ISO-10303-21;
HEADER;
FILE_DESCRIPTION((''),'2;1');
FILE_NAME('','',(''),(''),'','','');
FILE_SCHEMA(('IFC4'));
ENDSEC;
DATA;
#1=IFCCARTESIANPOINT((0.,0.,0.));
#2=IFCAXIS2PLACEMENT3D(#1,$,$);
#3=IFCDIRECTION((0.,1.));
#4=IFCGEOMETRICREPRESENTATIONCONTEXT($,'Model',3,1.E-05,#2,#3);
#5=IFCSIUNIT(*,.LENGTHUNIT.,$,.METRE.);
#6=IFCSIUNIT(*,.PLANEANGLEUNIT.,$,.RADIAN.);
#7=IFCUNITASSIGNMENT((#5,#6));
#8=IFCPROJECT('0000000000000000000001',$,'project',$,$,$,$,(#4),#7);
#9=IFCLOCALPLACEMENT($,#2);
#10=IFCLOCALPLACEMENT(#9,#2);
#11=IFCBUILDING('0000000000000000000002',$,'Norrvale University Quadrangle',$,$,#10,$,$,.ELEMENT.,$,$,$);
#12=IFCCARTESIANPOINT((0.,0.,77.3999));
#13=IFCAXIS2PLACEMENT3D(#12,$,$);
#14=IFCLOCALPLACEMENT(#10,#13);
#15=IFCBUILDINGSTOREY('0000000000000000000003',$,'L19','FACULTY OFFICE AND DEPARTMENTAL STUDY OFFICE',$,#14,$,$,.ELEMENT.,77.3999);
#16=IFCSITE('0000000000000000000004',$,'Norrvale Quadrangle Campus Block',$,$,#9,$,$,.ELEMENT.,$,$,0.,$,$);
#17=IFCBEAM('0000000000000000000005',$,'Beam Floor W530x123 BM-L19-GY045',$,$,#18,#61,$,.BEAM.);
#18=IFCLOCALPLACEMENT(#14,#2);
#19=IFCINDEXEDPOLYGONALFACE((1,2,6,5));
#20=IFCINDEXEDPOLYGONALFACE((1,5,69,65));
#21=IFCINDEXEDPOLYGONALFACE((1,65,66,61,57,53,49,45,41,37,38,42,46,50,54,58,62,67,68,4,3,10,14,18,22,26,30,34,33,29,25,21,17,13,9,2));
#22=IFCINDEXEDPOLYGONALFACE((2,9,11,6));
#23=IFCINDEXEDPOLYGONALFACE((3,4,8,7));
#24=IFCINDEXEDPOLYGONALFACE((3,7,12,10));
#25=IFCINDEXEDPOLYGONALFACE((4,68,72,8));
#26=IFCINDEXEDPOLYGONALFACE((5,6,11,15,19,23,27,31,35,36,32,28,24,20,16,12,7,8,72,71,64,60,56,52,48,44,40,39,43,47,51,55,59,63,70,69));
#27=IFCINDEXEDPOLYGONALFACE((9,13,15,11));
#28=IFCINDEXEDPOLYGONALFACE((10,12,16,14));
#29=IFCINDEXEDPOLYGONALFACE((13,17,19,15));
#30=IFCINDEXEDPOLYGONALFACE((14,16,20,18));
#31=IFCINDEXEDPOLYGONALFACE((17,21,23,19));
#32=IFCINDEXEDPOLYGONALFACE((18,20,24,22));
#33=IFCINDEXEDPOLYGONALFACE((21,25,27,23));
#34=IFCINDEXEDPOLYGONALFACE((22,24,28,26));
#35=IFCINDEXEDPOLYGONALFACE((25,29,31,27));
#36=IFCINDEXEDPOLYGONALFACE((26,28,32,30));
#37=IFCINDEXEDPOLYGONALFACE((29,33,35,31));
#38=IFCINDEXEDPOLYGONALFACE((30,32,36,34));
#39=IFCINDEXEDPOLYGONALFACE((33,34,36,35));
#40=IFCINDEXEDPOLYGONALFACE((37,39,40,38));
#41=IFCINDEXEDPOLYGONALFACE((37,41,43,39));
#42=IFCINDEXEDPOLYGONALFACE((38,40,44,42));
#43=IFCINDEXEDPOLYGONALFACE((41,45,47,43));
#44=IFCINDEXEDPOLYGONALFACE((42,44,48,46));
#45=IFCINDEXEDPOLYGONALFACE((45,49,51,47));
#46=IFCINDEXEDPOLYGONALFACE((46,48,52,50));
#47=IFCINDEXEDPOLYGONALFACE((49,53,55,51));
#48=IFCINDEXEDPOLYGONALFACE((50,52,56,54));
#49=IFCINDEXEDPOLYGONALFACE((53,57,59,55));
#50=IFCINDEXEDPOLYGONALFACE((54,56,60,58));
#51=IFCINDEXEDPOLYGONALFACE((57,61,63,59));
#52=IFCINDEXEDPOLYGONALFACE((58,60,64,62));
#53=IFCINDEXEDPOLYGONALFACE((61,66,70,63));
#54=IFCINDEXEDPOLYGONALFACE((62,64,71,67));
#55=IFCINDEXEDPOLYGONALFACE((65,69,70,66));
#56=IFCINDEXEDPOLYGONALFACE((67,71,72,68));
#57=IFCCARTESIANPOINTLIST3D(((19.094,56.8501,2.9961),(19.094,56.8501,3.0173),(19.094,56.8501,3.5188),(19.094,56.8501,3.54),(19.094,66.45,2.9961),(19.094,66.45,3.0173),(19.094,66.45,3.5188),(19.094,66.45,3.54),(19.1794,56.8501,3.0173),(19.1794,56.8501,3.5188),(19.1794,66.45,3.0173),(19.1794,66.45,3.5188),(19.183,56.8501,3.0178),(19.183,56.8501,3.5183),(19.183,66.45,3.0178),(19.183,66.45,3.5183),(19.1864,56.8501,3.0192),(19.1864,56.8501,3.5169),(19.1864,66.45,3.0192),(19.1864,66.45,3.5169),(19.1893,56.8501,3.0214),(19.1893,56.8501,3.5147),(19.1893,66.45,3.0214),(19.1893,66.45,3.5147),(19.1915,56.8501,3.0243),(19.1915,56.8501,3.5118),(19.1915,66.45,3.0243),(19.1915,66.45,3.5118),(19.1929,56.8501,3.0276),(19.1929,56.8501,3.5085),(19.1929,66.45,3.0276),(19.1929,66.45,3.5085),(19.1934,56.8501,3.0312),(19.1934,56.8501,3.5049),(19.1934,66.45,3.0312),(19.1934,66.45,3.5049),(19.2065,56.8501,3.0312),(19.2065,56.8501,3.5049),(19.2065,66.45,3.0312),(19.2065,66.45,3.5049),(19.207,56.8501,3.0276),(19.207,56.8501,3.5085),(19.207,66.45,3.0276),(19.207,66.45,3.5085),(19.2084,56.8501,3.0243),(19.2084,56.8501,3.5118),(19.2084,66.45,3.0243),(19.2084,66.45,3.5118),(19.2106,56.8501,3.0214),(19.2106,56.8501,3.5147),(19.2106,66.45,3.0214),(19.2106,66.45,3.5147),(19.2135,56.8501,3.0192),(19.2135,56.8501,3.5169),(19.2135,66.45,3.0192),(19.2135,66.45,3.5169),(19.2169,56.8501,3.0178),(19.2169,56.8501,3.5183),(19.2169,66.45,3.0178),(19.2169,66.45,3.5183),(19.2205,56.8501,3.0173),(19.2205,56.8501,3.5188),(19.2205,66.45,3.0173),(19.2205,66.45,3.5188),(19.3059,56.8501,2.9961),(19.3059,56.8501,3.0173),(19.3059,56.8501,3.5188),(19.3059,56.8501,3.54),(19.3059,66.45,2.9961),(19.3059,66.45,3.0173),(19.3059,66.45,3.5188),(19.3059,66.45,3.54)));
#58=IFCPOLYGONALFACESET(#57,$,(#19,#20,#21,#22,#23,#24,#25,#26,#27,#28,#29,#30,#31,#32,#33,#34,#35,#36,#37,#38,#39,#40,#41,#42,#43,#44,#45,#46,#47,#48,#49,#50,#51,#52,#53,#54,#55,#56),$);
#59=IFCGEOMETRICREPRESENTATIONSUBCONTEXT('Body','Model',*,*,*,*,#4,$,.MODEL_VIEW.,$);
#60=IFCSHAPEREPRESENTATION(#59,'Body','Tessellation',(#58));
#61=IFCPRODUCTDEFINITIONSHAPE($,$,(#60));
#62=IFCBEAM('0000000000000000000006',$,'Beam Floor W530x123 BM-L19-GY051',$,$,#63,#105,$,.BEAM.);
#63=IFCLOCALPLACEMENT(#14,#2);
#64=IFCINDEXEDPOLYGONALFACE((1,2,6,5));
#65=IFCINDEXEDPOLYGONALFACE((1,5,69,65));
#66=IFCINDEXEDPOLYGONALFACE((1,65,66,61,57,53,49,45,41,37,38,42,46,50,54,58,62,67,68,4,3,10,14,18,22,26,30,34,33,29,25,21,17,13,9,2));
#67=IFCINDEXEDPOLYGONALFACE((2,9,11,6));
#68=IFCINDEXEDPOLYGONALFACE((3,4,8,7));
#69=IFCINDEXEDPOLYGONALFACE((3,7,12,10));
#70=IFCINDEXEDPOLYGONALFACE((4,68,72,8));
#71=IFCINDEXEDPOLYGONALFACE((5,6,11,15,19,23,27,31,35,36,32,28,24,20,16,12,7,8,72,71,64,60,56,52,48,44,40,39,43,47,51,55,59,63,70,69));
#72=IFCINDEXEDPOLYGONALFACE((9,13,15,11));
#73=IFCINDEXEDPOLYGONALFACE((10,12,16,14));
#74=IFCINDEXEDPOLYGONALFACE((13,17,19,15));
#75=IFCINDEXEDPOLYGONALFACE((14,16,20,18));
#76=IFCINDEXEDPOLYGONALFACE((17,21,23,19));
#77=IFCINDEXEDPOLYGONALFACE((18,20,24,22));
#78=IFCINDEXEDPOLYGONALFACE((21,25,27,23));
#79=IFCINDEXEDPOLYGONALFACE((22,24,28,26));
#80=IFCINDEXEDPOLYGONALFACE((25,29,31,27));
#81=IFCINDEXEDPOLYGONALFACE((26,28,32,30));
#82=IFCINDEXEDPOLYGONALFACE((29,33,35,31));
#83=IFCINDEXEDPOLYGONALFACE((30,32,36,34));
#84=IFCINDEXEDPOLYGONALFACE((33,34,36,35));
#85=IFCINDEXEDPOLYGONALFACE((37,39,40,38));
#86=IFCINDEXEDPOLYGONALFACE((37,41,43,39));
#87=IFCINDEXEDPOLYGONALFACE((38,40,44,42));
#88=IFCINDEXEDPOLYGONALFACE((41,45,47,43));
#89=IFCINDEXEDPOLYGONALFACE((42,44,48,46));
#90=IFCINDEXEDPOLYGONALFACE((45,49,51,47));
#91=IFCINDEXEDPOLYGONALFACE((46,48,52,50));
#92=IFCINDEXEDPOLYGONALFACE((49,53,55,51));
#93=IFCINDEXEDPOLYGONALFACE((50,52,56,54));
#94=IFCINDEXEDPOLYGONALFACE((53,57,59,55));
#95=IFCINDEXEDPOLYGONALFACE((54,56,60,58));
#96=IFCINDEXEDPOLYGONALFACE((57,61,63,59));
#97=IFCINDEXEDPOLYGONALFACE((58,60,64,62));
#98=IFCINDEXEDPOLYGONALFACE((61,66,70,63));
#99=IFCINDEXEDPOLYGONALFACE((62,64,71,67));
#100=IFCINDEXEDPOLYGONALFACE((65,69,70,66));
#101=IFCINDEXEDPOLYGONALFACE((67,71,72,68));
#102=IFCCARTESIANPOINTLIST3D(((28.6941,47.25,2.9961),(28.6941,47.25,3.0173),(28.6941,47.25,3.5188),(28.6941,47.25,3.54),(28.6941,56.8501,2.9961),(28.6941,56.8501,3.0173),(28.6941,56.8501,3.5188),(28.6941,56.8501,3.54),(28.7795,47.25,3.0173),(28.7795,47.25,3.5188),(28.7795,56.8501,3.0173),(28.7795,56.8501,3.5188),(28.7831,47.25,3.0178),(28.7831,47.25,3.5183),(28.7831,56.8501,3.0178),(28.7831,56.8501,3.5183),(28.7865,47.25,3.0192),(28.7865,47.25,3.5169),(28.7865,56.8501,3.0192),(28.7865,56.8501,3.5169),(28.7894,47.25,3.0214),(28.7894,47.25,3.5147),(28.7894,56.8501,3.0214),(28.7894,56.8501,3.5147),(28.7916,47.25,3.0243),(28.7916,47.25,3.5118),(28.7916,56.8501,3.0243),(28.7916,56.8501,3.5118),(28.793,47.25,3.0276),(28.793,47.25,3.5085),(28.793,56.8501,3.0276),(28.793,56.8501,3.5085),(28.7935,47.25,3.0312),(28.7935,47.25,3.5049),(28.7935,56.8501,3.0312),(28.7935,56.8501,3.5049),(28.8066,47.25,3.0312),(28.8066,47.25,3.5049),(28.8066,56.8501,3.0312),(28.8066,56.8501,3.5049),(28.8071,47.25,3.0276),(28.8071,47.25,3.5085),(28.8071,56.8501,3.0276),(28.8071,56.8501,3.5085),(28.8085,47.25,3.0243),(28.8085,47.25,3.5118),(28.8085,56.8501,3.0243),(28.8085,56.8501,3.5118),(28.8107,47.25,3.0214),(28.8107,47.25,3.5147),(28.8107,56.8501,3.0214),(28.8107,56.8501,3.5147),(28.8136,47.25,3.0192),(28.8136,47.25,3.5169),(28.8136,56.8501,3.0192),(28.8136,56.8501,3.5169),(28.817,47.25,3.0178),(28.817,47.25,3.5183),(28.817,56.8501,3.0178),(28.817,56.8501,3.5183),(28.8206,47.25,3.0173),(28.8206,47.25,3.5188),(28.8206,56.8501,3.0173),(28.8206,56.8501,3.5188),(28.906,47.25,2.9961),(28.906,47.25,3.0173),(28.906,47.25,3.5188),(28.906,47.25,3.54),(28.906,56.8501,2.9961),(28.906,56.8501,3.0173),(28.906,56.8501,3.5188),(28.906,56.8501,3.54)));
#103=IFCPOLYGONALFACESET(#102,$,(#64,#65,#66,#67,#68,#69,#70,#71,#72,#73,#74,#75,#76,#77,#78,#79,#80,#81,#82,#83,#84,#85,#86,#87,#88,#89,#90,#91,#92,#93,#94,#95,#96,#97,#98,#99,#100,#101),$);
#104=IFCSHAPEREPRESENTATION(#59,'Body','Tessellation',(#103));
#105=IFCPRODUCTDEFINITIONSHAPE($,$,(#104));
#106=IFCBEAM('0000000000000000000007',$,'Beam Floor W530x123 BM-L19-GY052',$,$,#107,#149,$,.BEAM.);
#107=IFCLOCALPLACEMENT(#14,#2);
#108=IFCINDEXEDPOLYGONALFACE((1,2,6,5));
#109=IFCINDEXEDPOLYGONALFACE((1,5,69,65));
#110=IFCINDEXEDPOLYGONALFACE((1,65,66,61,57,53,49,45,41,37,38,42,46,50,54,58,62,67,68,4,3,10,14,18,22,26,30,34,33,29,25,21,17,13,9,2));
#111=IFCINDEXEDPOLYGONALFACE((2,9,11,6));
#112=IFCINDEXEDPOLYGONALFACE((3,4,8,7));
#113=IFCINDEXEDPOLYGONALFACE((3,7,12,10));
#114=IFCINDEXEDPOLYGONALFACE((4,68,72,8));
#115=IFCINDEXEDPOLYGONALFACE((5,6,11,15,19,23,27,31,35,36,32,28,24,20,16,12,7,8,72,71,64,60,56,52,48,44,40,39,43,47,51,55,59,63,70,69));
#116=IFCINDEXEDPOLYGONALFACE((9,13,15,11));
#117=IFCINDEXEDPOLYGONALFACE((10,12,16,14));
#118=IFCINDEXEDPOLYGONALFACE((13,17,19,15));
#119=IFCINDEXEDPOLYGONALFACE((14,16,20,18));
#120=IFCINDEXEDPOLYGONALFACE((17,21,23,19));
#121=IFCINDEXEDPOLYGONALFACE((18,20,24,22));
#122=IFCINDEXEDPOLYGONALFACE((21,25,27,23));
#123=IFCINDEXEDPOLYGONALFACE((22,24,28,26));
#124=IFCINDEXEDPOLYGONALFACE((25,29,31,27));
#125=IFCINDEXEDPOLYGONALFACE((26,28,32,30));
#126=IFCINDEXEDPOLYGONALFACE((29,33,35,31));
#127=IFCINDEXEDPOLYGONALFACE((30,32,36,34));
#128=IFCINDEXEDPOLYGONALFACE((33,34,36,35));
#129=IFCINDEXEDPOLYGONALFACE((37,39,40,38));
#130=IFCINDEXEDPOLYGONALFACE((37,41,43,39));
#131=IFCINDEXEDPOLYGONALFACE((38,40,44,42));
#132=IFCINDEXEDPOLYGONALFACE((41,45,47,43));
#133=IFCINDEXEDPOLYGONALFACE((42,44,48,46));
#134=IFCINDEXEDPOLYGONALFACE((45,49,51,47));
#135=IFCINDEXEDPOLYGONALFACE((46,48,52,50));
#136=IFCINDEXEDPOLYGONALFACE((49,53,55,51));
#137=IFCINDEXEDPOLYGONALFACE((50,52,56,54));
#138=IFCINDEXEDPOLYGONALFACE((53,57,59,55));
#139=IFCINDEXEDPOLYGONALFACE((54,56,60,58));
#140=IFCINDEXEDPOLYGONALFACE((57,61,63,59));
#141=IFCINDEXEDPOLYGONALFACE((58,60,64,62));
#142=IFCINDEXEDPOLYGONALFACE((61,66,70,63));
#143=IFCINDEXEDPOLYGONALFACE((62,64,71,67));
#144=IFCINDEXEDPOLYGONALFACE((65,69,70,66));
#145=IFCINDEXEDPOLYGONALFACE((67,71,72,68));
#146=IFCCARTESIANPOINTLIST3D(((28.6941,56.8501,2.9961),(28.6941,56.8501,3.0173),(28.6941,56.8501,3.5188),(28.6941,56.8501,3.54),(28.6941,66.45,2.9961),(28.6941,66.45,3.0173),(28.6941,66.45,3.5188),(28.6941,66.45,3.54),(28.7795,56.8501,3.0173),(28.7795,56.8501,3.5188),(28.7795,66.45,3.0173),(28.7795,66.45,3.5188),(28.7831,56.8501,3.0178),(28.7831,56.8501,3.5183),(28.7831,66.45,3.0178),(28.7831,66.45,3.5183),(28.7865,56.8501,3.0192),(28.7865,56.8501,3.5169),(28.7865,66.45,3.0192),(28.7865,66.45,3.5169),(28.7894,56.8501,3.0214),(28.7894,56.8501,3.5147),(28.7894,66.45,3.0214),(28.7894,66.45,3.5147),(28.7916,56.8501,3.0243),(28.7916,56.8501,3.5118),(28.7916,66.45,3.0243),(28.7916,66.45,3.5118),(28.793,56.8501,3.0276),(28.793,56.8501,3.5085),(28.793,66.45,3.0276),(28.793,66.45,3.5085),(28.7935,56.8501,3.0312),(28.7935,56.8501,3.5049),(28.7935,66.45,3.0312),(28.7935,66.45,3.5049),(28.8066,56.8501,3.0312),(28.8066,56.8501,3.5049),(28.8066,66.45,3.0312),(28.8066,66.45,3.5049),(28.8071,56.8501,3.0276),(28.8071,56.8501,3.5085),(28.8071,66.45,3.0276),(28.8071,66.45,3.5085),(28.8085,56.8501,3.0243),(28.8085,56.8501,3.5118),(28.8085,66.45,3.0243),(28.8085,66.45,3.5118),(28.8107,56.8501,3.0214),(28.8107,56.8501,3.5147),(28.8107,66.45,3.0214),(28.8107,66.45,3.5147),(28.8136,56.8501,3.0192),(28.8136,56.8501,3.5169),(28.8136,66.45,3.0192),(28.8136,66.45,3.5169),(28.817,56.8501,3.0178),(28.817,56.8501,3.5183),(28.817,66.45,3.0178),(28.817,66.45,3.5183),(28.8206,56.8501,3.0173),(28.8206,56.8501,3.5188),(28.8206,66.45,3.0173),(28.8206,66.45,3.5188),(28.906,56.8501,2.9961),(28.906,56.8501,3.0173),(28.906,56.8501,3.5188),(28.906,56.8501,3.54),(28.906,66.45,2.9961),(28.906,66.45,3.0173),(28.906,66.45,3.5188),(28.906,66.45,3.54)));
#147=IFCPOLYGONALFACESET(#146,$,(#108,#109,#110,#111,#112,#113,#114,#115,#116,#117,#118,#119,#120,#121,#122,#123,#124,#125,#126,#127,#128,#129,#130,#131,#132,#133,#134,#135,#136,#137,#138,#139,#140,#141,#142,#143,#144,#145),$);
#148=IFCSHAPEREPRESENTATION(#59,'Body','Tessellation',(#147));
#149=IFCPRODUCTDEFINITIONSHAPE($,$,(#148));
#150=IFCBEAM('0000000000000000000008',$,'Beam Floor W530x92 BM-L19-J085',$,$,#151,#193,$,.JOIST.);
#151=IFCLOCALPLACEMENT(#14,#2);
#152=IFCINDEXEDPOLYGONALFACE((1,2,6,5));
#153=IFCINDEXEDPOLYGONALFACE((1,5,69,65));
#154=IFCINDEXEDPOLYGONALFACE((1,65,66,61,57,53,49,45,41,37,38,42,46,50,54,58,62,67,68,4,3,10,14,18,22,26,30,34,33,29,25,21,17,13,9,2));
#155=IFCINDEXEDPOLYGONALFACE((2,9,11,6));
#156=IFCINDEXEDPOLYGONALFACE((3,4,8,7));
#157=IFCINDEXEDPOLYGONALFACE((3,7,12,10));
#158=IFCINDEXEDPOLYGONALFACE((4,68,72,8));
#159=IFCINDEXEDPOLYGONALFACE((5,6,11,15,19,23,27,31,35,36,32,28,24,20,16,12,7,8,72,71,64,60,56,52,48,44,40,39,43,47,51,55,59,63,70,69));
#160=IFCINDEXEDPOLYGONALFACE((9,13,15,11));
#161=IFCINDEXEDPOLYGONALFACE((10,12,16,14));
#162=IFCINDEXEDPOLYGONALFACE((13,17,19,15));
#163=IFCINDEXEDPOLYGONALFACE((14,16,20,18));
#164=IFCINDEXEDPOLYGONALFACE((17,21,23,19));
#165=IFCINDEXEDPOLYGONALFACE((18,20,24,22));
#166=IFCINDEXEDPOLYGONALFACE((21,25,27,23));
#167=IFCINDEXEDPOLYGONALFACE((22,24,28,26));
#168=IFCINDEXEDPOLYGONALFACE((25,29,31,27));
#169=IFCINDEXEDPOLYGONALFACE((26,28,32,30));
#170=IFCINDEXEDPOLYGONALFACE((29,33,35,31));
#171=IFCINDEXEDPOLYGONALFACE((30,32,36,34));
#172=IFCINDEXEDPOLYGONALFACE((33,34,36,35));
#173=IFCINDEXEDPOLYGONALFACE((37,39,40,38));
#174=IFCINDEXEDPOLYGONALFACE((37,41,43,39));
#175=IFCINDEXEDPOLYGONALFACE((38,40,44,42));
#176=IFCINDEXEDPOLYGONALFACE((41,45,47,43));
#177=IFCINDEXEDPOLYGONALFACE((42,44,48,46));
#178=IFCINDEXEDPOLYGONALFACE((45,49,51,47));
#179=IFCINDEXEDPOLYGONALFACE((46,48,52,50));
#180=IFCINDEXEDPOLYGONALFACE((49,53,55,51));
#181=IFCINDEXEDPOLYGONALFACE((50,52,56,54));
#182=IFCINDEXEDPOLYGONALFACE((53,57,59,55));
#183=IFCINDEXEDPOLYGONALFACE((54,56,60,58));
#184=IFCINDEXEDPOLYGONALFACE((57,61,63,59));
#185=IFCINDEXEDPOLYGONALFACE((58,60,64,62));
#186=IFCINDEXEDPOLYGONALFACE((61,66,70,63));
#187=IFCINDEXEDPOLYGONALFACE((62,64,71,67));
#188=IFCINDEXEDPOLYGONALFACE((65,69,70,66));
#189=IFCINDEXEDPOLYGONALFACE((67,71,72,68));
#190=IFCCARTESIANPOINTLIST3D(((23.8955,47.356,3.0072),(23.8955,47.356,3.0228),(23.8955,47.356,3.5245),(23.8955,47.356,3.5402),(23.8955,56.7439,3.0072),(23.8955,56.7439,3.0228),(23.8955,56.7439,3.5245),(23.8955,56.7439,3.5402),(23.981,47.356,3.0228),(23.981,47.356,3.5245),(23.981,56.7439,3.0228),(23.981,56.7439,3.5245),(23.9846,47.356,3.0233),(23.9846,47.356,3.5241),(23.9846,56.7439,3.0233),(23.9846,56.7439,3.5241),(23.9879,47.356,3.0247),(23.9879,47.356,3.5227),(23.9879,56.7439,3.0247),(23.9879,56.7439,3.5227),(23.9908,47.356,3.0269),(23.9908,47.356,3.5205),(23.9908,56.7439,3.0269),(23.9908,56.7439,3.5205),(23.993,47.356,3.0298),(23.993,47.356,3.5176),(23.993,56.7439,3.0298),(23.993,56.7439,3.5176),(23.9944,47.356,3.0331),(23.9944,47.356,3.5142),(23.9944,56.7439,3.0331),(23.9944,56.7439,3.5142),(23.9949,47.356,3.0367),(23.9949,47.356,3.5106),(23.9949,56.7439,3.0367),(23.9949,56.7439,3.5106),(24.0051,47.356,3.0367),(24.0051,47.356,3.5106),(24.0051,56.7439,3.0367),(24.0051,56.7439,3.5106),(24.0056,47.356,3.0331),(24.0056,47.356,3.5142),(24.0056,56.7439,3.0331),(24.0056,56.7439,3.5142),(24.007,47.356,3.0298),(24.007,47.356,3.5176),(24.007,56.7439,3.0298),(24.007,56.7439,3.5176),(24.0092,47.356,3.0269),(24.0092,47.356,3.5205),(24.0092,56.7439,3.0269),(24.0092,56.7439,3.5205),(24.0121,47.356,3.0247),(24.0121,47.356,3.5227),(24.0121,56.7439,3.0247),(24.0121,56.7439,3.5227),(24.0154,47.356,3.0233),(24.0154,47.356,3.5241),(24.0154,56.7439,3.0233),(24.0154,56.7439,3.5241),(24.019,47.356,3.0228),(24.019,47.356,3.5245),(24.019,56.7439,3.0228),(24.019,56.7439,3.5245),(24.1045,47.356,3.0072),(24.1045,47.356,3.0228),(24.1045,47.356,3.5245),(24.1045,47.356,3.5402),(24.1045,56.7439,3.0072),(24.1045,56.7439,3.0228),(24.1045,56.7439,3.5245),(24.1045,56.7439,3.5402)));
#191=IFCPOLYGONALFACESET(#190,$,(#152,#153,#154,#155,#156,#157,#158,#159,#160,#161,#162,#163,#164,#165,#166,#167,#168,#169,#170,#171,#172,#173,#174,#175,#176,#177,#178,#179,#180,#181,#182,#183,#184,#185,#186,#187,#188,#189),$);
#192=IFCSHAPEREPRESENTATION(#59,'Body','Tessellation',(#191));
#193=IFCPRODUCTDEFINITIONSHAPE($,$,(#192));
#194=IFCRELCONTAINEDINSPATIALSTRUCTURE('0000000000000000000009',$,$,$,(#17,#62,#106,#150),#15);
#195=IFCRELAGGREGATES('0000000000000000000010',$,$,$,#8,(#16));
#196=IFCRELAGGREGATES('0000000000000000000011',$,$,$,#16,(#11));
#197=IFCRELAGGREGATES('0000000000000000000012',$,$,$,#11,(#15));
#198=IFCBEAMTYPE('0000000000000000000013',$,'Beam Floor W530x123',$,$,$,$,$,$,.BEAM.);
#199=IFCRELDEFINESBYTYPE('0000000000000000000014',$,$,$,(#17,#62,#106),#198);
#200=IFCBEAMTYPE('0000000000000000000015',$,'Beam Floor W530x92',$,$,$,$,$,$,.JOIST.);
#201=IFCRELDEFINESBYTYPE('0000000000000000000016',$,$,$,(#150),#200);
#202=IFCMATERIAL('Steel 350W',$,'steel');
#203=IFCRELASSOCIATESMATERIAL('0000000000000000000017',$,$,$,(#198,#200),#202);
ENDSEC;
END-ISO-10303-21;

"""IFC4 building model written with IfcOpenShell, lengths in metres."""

from ifc_helpers import new_model, si_unit, direction, frame, origin, origin_2d, place, context, subcontext, project, spatial, i_section, extrude, material, material_profile, profile_set, type_object, element, save


model = new_model("IFC4")

# Units and contexts
model_context = context("Model", 3, precision=1e-05, world=origin(), true_north=direction((0.0, 1.0)))
body_context = subcontext(model_context, "Body", "Model", "MODEL_VIEW")
ifc_project = project(units=[si_unit("LENGTHUNIT", "METRE"), si_unit("PLANEANGLEUNIT", "RADIAN")], contexts=[model_context])

# Site, building, storey
site_placement = place(None, origin())
site = spatial("IfcSite", under=ifc_project, at=site_placement, Name="Norrvale Quadrangle Campus Block", CompositionType="ELEMENT", RefElevation=0.0)
building_placement = place(site_placement, origin())
building = spatial("IfcBuilding", under=site, at=building_placement, Name="Norrvale University Quadrangle", CompositionType="ELEMENT")
storey_placement = place(building_placement, frame((0.0, 0.0, 77.3999)))
storey = spatial("IfcBuildingStorey", under=building, at=storey_placement, Name="L19", Description="FACULTY OFFICE AND DEPARTMENTAL STUDY OFFICE", CompositionType="ELEMENT", Elevation=77.3999)

# Beams
ifc_material_1 = material(Name="Steel 350W", Category="steel")
ifc_material_profile_1 = material_profile(ifc_material_1, i_section(OverallWidth=0.2119, OverallDepth=0.5439, WebThickness=0.0132, FlangeThickness=0.0212, FilletRadius=0.0139, at=origin_2d()), Name="Steel 350W")
ifc_profile_set_1 = profile_set([ifc_material_profile_1], Name="Steel 350W")
beam_type_1 = type_object("IfcBeamType", Name="Beam Floor W530x123", PredefinedType="BEAM", material=ifc_profile_set_1)
beam_1_placement = place(storey_placement, frame((19.2, 56.8501, 3.2681), z_axis=(0.0, 1.0, 0.0), x_axis=(-1.0, 0.0, 0.0)))
element("IfcBeam", 1, at=beam_1_placement, inside=storey, type_object=beam_type_1, Name="Beam Floor W530x123 BM-L19-GY045", PredefinedType="BEAM", context=body_context, shape_type="SweptSolid", body=[
    extrude(i_section(OverallWidth=0.2119, OverallDepth=0.5439, WebThickness=0.0132, FlangeThickness=0.0212, FilletRadius=0.0139, at=origin_2d()), origin(), (0.0, 0.0, 1.0), 9.5999),
])
beam_2_placement = place(storey_placement, frame((28.8, 47.25, 3.2681), z_axis=(0.0, 1.0, 0.0), x_axis=(-1.0, 0.0, 0.0)))
element("IfcBeam", 2, at=beam_2_placement, inside=storey, type_object=beam_type_1, Name="Beam Floor W530x123 BM-L19-GY051", PredefinedType="BEAM", context=body_context, shape_type="SweptSolid", body=[
    extrude(i_section(OverallWidth=0.2119, OverallDepth=0.5439, WebThickness=0.0132, FlangeThickness=0.0212, FilletRadius=0.0139, at=origin_2d()), origin(), (0.0, 0.0, 1.0), 9.6001),
])
beam_3_placement = place(storey_placement, frame((28.8, 56.8501, 3.2681), z_axis=(0.0, 1.0, 0.0), x_axis=(-1.0, 0.0, 0.0)))
element("IfcBeam", 3, at=beam_3_placement, inside=storey, type_object=beam_type_1, Name="Beam Floor W530x123 BM-L19-GY052", PredefinedType="BEAM", context=body_context, shape_type="SweptSolid", body=[
    extrude(i_section(OverallWidth=0.2119, OverallDepth=0.5439, WebThickness=0.0132, FlangeThickness=0.0212, FilletRadius=0.0139, at=origin_2d()), origin(), (0.0, 0.0, 1.0), 9.5999),
])
ifc_material_profile_2 = material_profile(ifc_material_1, i_section(OverallWidth=0.209, OverallDepth=0.533, WebThickness=0.0103, FlangeThickness=0.0156, FilletRadius=0.0139, at=origin_2d()), Name="Steel 350W")
ifc_profile_set_2 = profile_set([ifc_material_profile_2], Name="Steel 350W")
beam_type_2 = type_object("IfcBeamType", Name="Beam Floor W530x92", PredefinedType="JOIST", material=ifc_profile_set_2)
for number, where, z_axis, x_axis, name in (
    (4, (24.0, 47.356, 3.2737), (0.0, 1.0, 0.0), (-1.0, 0.0, 0.0), "Beam Floor W530x92 BM-L19-J085"),
):
    element("IfcBeam", number, at=place(storey_placement, frame(where, z_axis=z_axis, x_axis=x_axis)), inside=storey, type_object=beam_type_2, Name=name, PredefinedType="JOIST", context=body_context, shape_type="SweptSolid", body=[
        extrude(i_section(OverallWidth=0.209, OverallDepth=0.533, WebThickness=0.0103, FlangeThickness=0.0156, FilletRadius=0.0139, at=origin_2d()), origin(), (0.0, 0.0, 1.0), 9.3879),
    ])

save(model, "model.ifc")
